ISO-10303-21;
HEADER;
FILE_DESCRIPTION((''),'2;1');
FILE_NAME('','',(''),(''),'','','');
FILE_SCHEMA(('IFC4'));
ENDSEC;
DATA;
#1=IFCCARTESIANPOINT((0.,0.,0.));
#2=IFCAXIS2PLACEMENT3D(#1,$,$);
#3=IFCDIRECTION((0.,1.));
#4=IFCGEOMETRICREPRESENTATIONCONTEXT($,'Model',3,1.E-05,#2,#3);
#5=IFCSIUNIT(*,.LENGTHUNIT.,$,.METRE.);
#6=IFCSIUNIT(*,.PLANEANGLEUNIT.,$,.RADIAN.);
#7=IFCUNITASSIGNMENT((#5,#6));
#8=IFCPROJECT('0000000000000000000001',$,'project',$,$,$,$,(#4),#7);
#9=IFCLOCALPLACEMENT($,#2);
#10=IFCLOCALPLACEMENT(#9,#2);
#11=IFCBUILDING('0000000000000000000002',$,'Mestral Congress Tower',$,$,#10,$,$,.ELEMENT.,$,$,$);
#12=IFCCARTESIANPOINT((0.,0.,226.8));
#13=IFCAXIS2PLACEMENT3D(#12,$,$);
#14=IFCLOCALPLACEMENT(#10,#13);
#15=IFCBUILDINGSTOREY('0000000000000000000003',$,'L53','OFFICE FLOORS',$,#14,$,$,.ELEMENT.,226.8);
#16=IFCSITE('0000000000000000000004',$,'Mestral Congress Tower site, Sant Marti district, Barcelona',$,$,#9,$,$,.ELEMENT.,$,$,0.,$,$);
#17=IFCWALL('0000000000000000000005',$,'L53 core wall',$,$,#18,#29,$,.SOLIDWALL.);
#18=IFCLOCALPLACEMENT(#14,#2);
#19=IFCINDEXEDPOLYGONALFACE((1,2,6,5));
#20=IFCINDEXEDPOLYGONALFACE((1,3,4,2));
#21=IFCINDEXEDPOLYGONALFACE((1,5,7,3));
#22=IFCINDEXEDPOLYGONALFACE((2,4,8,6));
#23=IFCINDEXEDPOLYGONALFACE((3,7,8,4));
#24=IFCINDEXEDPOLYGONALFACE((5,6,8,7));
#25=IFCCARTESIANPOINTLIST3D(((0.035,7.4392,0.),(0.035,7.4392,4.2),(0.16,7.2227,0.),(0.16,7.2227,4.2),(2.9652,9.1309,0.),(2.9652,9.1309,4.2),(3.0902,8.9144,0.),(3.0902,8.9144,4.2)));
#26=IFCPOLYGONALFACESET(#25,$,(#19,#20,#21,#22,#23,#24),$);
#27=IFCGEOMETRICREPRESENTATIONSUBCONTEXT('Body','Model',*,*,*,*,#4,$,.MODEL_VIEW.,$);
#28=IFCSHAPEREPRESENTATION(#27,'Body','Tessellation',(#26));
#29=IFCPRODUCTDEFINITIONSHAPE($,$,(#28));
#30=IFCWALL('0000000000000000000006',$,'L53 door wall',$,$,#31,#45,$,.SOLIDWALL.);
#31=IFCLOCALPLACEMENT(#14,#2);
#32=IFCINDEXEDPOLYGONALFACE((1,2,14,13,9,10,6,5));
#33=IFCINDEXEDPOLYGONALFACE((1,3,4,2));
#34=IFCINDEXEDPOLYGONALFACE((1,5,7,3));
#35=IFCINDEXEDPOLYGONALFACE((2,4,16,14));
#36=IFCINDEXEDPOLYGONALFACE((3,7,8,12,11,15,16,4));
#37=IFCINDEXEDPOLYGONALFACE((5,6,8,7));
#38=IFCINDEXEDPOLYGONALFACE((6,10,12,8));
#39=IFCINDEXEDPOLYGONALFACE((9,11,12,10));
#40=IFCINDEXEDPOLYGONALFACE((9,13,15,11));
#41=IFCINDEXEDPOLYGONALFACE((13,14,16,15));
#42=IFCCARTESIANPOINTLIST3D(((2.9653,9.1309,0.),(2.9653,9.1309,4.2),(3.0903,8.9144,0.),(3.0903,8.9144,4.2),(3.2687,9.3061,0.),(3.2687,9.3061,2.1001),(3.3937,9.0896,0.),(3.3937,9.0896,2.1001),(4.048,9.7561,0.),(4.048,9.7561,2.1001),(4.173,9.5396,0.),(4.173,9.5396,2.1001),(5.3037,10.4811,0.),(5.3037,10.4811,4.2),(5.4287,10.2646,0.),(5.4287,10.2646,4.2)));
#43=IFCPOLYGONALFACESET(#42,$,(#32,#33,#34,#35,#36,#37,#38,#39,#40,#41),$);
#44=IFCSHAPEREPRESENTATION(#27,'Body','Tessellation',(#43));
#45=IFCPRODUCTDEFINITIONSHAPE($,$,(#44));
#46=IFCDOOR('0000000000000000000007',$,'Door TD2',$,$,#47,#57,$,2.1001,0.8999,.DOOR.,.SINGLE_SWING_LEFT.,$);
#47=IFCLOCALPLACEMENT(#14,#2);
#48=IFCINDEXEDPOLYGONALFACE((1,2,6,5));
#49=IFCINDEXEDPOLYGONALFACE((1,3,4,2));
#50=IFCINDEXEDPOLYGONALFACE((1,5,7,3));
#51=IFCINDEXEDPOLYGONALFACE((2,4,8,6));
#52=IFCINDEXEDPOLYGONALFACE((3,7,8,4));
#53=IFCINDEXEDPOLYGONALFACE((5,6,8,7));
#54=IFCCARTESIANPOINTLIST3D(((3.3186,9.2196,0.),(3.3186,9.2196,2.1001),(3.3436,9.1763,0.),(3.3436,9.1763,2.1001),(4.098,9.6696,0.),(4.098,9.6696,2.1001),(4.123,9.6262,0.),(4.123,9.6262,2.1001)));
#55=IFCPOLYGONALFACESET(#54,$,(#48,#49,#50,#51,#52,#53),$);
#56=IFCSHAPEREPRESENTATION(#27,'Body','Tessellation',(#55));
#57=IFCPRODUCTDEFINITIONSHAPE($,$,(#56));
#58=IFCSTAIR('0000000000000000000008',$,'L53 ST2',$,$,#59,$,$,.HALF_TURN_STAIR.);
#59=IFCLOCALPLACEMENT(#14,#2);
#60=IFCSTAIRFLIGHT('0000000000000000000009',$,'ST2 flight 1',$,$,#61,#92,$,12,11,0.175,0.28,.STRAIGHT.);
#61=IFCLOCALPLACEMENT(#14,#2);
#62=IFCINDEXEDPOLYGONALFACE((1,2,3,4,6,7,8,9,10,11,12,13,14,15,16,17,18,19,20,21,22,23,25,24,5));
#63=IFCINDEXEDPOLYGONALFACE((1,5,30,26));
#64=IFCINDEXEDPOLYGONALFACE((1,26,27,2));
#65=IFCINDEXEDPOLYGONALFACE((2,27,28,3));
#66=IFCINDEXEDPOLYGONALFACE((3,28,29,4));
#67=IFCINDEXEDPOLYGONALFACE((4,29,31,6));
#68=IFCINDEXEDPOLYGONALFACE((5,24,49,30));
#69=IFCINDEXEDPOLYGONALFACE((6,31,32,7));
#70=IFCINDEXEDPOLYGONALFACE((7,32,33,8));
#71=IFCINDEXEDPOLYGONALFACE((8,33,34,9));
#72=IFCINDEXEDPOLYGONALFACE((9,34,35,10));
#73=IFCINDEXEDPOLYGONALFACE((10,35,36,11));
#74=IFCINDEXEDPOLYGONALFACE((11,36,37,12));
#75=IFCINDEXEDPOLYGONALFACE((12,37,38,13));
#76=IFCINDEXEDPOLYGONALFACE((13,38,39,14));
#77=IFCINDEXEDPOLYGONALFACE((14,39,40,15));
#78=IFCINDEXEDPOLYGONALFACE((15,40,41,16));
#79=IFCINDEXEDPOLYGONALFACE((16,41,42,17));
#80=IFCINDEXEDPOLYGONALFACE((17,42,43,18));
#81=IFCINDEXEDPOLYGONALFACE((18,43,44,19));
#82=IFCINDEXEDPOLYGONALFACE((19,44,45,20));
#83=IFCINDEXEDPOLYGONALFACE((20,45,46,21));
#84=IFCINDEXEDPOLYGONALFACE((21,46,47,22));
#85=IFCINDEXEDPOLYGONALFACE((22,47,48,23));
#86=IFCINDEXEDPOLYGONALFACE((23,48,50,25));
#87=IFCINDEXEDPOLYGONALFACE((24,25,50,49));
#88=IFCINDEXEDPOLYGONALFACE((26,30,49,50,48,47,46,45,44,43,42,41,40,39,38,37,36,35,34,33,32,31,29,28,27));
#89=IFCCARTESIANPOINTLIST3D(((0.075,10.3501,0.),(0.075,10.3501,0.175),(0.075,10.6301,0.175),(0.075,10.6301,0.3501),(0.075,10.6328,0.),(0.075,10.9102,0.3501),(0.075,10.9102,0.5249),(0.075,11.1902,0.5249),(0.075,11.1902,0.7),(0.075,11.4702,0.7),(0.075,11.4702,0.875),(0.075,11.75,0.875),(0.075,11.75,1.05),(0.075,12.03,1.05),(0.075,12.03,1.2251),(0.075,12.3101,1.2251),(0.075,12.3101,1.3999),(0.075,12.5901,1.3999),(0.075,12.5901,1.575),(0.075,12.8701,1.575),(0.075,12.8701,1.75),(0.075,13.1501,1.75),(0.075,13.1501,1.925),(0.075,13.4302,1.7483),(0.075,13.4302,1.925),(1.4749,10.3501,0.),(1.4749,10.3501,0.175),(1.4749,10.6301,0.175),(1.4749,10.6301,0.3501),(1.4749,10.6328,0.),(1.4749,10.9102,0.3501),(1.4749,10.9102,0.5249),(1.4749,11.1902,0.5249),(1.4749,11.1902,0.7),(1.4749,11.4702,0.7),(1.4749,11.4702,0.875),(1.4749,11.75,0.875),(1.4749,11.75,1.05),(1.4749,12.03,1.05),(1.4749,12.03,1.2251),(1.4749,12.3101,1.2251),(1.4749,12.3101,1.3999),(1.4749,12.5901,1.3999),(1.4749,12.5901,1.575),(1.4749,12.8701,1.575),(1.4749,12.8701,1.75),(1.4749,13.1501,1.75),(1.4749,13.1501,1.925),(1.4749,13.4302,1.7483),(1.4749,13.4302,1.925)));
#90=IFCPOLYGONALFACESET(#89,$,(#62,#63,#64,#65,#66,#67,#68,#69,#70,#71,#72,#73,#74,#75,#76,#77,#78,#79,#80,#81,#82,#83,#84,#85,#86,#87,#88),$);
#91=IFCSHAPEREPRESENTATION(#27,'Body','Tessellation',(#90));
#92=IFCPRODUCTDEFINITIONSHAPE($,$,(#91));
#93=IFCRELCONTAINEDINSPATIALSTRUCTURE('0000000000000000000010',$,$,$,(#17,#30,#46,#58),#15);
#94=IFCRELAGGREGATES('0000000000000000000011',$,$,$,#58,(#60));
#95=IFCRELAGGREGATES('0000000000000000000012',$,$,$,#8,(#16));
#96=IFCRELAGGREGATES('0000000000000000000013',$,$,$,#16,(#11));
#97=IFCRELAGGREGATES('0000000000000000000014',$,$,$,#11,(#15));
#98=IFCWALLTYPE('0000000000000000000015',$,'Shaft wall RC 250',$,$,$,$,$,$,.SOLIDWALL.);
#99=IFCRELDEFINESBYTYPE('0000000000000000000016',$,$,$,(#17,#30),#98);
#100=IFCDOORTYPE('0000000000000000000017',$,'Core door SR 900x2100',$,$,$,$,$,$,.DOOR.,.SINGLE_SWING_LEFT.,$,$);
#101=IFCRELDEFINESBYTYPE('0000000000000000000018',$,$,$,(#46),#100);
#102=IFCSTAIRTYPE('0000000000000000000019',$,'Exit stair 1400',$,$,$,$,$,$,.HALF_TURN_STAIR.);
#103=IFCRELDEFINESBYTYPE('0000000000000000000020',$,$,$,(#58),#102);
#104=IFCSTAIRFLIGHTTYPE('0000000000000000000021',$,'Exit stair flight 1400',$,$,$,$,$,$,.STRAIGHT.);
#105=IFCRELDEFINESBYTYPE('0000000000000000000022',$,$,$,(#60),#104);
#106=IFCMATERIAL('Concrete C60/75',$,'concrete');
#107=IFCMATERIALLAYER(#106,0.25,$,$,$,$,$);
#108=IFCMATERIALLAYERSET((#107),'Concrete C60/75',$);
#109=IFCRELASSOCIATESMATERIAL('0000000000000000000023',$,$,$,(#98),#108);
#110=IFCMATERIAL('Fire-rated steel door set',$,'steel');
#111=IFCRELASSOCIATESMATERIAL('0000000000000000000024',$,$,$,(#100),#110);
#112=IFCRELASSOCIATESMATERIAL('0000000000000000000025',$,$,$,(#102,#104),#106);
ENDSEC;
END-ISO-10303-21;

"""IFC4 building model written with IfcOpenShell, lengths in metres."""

from ifc_helpers import new_model, si_unit, direction, frame, frame_2d, origin, place, context, subcontext, project, spatial, polyline, rectangle, outline, extrude, material, layer, layer_set, type_object, element, fill, aggregate, save


model = new_model("IFC4")

# Units and contexts
model_context = context("Model", 3, precision=1e-05, world=origin(), true_north=direction((0.0, 1.0)))
body_context = subcontext(model_context, "Body", "Model", "MODEL_VIEW")
ifc_project = project(units=[si_unit("LENGTHUNIT", "METRE"), si_unit("PLANEANGLEUNIT", "RADIAN")], contexts=[model_context])

# Site, building, storey
site_placement = place(None, origin())
site = spatial("IfcSite", under=ifc_project, at=site_placement, Name="Mestral Congress Tower site, Sant Marti district, Barcelona", CompositionType="ELEMENT", RefElevation=0.0)
building_placement = place(site_placement, origin())
building = spatial("IfcBuilding", under=site, at=building_placement, Name="Mestral Congress Tower", CompositionType="ELEMENT")
storey_placement = place(building_placement, frame((0.0, 0.0, 226.8)))
storey = spatial("IfcBuildingStorey", under=building, at=storey_placement, Name="L53", Description="OFFICE FLOORS", CompositionType="ELEMENT", Elevation=226.8)

# Shared definitions
ifc_material_1 = material(Name="Concrete C60/75", Category="concrete")

# Wall
ifc_layer_1 = layer(ifc_material_1, 0.25)
ifc_layer_set_1 = layer_set([ifc_layer_1], Name="Concrete C60/75")
wall_type_1 = type_object("IfcWallType", Name="Shaft wall RC 250", PredefinedType="SOLIDWALL", material=ifc_layer_set_1)
wall_1_placement = place(storey_placement, frame((3.0278, 9.0227, 0.0), z_axis=(0.0, 0.0, 1.0), x_axis=(-0.866037, -0.499981, 0.0)))
element("IfcWall", 1, at=wall_1_placement, inside=storey, type_object=wall_type_1, Name="L53 core wall", PredefinedType="SOLIDWALL", context=body_context, shape_type="SweptSolid", body=[
    extrude(rectangle(XDim=3.3835, YDim=0.25, at=frame_2d((1.6919, 0.0))), origin(), (0.0, 0.0, 1.0), 4.2),
])

# Wall, opening, door
wall_2_placement = place(storey_placement, frame((5.3662, 10.3728, 0.0), z_axis=(0.0, 0.0, 1.0), x_axis=(-0.86602, -0.500009, 0.0)))
wall_2 = element("IfcWall", 2, at=wall_2_placement, inside=storey, type_object=wall_type_1, Name="L53 door wall", PredefinedType="SOLIDWALL", context=body_context, shape_type="SweptSolid", body=[
    extrude(rectangle(XDim=2.7002, YDim=0.25, at=frame_2d((1.3501, 0.0))), origin(), (0.0, 0.0, 1.0), 4.2),
])
opening_1_placement = place(wall_2_placement, frame((1.45, 0.0, 0.0)))
opening_1 = element("IfcOpeningElement", 3, at=opening_1_placement, cuts=wall_2, PredefinedType="OPENING", context=body_context, shape_type="SweptSolid", body=[
    extrude(rectangle(XDim=0.8999, YDim=2.1001, at=frame_2d((0.45, 1.05))), frame((0.0, 0.135, 0.0), z_axis=(0.0, -1.0, 0.0), x_axis=(1.0, 0.0, 0.0)), (0.0, 0.0, 1.0), 0.27),
])
ifc_material_2 = material(Name="Fire-rated steel door set", Category="steel")
door_type_1 = type_object("IfcDoorType", Name="Core door SR 900x2100", OperationType="SINGLE_SWING_LEFT", PredefinedType="DOOR", material=ifc_material_2)
door_1_placement = place(opening_1_placement, origin())
door_1 = element("IfcDoor", 4, at=door_1_placement, inside=storey, type_object=door_type_1, Name="Door TD2", OperationType="SINGLE_SWING_LEFT", OverallHeight=2.1001, OverallWidth=0.8999, PredefinedType="DOOR", context=body_context, shape_type="SweptSolid", body=[
    extrude(rectangle(XDim=0.8999, YDim=2.1001, at=frame_2d((0.45, 1.05))), frame((0.0, 0.0249, 0.0), z_axis=(0.0, -1.0, 0.0), x_axis=(1.0, 0.0, 0.0)), (0.0, 0.0, 1.0), 0.05),
])
fill(opening_1, door_1)

# Stair, stair flight
stair_type = type_object("IfcStairType", Name="Exit stair 1400", PredefinedType="HALF_TURN_STAIR", material=ifc_material_1)
stair_placement = place(storey_placement, origin())
stair = element("IfcStair", 5, at=stair_placement, inside=storey, type_object=stair_type, Name="L53 ST2", PredefinedType="HALF_TURN_STAIR")
stair_flight_type = type_object("IfcStairFlightType", Name="Exit stair flight 1400", PredefinedType="STRAIGHT", material=ifc_material_1)
stair_flight_placement = place(storey_placement, frame((0.7749, 10.3501, 0.0), z_axis=(0.0, 0.0, 1.0), x_axis=(0.0, 1.0, 0.0)))
stair_flight = element("IfcStairFlight", 6, at=stair_flight_placement, type_object=stair_flight_type, Name="ST2 flight 1", NumberOfRisers=12, NumberOfTreads=11, PredefinedType="STRAIGHT", RiserHeight=0.175, TreadLength=0.28, context=body_context, shape_type="SweptSolid", body=[
    extrude(outline(polyline([(0.0, 0.0), (0.0, 0.175), (0.28, 0.175), (0.28, 0.3501), (0.5601, 0.3501), (0.5601, 0.5249), (0.8401, 0.5249), (0.8401, 0.7), (1.1201, 0.7), (1.1201, 0.875), (1.3999, 0.875), (1.3999, 1.05), (1.6799, 1.05), (1.6799, 1.2251), (1.96, 1.2251), (1.96, 1.3999), (2.24, 1.3999), (2.24, 1.575), (2.52, 1.575), (2.52, 1.75), (2.8, 1.75), (2.8, 1.925), (3.0801, 1.925), (3.0801, 2.1001), (3.0801, 1.7483), (0.2827, 0.0), (0.0, 0.0)])), frame((0.0, 0.7, 0.0), z_axis=(0.0, -1.0, 0.0), x_axis=(1.0, 0.0, 0.0)), (0.0, 0.0, 1.0), 1.3999),
])
aggregate(stair, [stair_flight])

save(model, "model.ifc")
